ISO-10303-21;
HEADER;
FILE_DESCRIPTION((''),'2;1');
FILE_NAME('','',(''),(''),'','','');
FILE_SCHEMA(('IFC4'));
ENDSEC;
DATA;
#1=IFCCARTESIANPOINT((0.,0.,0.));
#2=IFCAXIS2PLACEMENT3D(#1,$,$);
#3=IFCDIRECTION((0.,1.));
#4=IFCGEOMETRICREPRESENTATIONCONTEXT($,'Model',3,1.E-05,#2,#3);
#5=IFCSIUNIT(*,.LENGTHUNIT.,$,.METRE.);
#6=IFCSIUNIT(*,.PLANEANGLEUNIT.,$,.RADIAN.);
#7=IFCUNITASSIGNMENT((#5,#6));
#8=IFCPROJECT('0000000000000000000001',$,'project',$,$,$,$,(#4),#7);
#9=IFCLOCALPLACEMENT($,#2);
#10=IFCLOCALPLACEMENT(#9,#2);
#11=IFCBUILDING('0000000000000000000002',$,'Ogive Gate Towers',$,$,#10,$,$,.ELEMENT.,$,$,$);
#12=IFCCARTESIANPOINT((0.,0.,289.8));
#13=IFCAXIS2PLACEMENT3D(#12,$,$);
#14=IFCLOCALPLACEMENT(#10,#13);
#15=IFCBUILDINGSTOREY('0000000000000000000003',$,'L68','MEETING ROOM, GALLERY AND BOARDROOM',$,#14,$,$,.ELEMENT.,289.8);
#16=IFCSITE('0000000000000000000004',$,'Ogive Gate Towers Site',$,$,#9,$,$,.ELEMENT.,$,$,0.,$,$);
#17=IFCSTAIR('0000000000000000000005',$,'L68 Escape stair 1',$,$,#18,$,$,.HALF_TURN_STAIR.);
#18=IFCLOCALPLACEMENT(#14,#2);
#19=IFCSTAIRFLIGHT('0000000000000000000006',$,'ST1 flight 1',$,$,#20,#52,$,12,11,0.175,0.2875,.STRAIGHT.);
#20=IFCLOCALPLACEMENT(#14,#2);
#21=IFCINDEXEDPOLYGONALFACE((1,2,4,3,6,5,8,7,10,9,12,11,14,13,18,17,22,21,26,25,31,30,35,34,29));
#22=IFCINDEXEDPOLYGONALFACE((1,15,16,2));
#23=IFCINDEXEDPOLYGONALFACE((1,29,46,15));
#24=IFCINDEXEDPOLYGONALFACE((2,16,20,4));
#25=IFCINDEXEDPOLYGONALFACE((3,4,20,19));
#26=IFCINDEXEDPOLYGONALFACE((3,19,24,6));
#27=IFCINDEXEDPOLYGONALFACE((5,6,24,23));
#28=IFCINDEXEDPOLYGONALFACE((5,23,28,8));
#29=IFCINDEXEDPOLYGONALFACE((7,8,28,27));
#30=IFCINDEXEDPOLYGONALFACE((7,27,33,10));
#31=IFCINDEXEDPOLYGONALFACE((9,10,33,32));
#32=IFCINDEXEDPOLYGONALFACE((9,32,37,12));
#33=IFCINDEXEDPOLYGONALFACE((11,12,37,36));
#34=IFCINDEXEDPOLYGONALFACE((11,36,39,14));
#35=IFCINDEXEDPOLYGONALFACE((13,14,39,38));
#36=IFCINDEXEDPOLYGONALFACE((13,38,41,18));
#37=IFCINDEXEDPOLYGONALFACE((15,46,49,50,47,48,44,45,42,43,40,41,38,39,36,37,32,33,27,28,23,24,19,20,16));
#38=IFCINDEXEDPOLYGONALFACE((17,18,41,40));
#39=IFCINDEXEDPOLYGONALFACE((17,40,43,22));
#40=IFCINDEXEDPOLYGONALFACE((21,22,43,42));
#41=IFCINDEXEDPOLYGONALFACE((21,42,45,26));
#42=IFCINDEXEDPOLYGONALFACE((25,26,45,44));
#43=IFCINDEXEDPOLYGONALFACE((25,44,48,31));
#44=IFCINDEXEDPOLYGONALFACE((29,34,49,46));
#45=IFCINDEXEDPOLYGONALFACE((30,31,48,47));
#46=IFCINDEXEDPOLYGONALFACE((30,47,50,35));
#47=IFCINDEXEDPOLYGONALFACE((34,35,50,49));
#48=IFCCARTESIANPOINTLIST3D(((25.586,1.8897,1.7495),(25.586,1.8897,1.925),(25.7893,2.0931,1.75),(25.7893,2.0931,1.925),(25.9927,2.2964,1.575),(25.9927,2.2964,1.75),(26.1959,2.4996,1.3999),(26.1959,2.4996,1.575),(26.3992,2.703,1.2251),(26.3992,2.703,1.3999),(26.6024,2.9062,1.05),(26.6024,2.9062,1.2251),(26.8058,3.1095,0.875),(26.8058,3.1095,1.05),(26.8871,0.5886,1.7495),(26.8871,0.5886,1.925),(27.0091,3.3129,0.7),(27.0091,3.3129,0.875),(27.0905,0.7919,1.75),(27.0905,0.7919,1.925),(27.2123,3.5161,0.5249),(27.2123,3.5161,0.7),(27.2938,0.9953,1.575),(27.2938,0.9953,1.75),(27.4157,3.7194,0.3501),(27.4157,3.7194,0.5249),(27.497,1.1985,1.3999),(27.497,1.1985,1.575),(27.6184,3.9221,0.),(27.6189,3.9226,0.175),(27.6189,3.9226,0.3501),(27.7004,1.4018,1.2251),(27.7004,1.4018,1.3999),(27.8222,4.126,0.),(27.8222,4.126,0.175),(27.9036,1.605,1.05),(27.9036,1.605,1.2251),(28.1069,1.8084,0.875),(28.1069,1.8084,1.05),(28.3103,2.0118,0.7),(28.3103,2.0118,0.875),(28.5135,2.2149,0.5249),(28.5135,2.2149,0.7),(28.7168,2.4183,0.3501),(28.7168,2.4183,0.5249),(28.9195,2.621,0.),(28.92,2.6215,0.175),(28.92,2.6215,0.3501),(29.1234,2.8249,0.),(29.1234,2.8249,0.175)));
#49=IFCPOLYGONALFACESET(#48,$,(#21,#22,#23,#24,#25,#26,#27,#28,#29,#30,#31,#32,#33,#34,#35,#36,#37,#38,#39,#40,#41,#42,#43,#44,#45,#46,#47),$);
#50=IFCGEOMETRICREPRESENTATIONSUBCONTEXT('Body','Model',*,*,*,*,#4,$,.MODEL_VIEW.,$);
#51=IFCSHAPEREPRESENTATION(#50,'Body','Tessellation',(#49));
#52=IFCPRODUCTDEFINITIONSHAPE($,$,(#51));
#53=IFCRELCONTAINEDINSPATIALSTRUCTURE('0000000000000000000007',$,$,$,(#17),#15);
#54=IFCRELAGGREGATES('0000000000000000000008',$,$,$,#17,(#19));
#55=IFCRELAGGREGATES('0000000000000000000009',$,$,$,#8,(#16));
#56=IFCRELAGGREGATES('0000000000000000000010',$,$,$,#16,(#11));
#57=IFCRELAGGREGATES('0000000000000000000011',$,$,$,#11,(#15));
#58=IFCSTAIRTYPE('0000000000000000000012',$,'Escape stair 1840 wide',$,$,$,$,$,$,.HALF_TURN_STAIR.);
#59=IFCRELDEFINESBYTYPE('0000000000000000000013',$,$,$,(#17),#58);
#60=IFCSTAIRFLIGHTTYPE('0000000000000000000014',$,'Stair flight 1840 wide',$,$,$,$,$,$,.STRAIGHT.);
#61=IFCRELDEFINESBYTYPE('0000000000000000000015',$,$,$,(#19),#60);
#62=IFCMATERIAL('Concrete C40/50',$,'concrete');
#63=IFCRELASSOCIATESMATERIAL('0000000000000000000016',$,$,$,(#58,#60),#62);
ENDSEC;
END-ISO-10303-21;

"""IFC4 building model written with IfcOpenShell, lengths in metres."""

from ifc_helpers import new_model, si_unit, direction, frame, origin, place, context, subcontext, project, spatial, polyline, outline, extrude, material, type_object, element, aggregate, save


model = new_model("IFC4")

# Units and contexts
model_context = context("Model", 3, precision=1e-05, world=origin(), true_north=direction((0.0, 1.0)))
body_context = subcontext(model_context, "Body", "Model", "MODEL_VIEW")
ifc_project = project(units=[si_unit("LENGTHUNIT", "METRE"), si_unit("PLANEANGLEUNIT", "RADIAN")], contexts=[model_context])

# Site, building, storey
site_placement = place(None, origin())
site = spatial("IfcSite", under=ifc_project, at=site_placement, Name="Ogive Gate Towers Site", CompositionType="ELEMENT", RefElevation=0.0)
building_placement = place(site_placement, origin())
building = spatial("IfcBuilding", under=site, at=building_placement, Name="Ogive Gate Towers", CompositionType="ELEMENT")
storey_placement = place(building_placement, frame((0.0, 0.0, 289.8)))
storey = spatial("IfcBuildingStorey", under=building, at=storey_placement, Name="L68", Description="MEETING ROOM, GALLERY AND BOARDROOM", CompositionType="ELEMENT", Elevation=289.8)

# Stair, stair flight
ifc_material_1 = material(Name="Concrete C40/50", Category="concrete")
stair_type = type_object("IfcStairType", Name="Escape stair 1840 wide", PredefinedType="HALF_TURN_STAIR", material=ifc_material_1)
stair_placement = place(storey_placement, origin())
stair = element("IfcStair", 1, at=stair_placement, inside=storey, type_object=stair_type, Name="L68 Escape stair 1", PredefinedType="HALF_TURN_STAIR")
stair_flight_type = type_object("IfcStairFlightType", Name="Stair flight 1840 wide", PredefinedType="STRAIGHT", material=ifc_material_1)
stair_flight_placement = place(storey_placement, frame((28.4729, 3.4753, 0.0), z_axis=(0.0, 0.0, 1.0), x_axis=(-0.707107, -0.707107, 0.0)))
stair_flight = element("IfcStairFlight", 2, at=stair_flight_placement, type_object=stair_flight_type, Name="ST1 flight 1", NumberOfRisers=12, NumberOfTreads=11, PredefinedType="STRAIGHT", RiserHeight=0.175, TreadLength=0.2875, context=body_context, shape_type="SweptSolid", body=[
    extrude(outline(polyline([(0.0, 0.0), (0.0, 0.175), (0.2876, 0.175), (0.2876, 0.3501), (0.575, 0.3501), (0.575, 0.5249), (0.8625, 0.5249), (0.8625, 0.7), (1.1499, 0.7), (1.1499, 0.875), (1.4375, 0.875), (1.4375, 1.05), (1.7251, 1.05), (1.7251, 1.2251), (2.0125, 1.2251), (2.0125, 1.3999), (2.3, 1.3999), (2.3, 1.575), (2.5874, 1.575), (2.5874, 1.75), (2.875, 1.75), (2.875, 1.925), (3.1626, 1.925), (3.1626, 2.1001), (3.1626, 1.7495), (0.2883, 0.0), (0.0, 0.0)])), frame((0.0, 0.9199, 0.0), z_axis=(0.0, -1.0, 0.0), x_axis=(1.0, 0.0, 0.0)), (0.0, 0.0, 1.0), 1.8401),
])
aggregate(stair, [stair_flight])

save(model, "model.ifc")
